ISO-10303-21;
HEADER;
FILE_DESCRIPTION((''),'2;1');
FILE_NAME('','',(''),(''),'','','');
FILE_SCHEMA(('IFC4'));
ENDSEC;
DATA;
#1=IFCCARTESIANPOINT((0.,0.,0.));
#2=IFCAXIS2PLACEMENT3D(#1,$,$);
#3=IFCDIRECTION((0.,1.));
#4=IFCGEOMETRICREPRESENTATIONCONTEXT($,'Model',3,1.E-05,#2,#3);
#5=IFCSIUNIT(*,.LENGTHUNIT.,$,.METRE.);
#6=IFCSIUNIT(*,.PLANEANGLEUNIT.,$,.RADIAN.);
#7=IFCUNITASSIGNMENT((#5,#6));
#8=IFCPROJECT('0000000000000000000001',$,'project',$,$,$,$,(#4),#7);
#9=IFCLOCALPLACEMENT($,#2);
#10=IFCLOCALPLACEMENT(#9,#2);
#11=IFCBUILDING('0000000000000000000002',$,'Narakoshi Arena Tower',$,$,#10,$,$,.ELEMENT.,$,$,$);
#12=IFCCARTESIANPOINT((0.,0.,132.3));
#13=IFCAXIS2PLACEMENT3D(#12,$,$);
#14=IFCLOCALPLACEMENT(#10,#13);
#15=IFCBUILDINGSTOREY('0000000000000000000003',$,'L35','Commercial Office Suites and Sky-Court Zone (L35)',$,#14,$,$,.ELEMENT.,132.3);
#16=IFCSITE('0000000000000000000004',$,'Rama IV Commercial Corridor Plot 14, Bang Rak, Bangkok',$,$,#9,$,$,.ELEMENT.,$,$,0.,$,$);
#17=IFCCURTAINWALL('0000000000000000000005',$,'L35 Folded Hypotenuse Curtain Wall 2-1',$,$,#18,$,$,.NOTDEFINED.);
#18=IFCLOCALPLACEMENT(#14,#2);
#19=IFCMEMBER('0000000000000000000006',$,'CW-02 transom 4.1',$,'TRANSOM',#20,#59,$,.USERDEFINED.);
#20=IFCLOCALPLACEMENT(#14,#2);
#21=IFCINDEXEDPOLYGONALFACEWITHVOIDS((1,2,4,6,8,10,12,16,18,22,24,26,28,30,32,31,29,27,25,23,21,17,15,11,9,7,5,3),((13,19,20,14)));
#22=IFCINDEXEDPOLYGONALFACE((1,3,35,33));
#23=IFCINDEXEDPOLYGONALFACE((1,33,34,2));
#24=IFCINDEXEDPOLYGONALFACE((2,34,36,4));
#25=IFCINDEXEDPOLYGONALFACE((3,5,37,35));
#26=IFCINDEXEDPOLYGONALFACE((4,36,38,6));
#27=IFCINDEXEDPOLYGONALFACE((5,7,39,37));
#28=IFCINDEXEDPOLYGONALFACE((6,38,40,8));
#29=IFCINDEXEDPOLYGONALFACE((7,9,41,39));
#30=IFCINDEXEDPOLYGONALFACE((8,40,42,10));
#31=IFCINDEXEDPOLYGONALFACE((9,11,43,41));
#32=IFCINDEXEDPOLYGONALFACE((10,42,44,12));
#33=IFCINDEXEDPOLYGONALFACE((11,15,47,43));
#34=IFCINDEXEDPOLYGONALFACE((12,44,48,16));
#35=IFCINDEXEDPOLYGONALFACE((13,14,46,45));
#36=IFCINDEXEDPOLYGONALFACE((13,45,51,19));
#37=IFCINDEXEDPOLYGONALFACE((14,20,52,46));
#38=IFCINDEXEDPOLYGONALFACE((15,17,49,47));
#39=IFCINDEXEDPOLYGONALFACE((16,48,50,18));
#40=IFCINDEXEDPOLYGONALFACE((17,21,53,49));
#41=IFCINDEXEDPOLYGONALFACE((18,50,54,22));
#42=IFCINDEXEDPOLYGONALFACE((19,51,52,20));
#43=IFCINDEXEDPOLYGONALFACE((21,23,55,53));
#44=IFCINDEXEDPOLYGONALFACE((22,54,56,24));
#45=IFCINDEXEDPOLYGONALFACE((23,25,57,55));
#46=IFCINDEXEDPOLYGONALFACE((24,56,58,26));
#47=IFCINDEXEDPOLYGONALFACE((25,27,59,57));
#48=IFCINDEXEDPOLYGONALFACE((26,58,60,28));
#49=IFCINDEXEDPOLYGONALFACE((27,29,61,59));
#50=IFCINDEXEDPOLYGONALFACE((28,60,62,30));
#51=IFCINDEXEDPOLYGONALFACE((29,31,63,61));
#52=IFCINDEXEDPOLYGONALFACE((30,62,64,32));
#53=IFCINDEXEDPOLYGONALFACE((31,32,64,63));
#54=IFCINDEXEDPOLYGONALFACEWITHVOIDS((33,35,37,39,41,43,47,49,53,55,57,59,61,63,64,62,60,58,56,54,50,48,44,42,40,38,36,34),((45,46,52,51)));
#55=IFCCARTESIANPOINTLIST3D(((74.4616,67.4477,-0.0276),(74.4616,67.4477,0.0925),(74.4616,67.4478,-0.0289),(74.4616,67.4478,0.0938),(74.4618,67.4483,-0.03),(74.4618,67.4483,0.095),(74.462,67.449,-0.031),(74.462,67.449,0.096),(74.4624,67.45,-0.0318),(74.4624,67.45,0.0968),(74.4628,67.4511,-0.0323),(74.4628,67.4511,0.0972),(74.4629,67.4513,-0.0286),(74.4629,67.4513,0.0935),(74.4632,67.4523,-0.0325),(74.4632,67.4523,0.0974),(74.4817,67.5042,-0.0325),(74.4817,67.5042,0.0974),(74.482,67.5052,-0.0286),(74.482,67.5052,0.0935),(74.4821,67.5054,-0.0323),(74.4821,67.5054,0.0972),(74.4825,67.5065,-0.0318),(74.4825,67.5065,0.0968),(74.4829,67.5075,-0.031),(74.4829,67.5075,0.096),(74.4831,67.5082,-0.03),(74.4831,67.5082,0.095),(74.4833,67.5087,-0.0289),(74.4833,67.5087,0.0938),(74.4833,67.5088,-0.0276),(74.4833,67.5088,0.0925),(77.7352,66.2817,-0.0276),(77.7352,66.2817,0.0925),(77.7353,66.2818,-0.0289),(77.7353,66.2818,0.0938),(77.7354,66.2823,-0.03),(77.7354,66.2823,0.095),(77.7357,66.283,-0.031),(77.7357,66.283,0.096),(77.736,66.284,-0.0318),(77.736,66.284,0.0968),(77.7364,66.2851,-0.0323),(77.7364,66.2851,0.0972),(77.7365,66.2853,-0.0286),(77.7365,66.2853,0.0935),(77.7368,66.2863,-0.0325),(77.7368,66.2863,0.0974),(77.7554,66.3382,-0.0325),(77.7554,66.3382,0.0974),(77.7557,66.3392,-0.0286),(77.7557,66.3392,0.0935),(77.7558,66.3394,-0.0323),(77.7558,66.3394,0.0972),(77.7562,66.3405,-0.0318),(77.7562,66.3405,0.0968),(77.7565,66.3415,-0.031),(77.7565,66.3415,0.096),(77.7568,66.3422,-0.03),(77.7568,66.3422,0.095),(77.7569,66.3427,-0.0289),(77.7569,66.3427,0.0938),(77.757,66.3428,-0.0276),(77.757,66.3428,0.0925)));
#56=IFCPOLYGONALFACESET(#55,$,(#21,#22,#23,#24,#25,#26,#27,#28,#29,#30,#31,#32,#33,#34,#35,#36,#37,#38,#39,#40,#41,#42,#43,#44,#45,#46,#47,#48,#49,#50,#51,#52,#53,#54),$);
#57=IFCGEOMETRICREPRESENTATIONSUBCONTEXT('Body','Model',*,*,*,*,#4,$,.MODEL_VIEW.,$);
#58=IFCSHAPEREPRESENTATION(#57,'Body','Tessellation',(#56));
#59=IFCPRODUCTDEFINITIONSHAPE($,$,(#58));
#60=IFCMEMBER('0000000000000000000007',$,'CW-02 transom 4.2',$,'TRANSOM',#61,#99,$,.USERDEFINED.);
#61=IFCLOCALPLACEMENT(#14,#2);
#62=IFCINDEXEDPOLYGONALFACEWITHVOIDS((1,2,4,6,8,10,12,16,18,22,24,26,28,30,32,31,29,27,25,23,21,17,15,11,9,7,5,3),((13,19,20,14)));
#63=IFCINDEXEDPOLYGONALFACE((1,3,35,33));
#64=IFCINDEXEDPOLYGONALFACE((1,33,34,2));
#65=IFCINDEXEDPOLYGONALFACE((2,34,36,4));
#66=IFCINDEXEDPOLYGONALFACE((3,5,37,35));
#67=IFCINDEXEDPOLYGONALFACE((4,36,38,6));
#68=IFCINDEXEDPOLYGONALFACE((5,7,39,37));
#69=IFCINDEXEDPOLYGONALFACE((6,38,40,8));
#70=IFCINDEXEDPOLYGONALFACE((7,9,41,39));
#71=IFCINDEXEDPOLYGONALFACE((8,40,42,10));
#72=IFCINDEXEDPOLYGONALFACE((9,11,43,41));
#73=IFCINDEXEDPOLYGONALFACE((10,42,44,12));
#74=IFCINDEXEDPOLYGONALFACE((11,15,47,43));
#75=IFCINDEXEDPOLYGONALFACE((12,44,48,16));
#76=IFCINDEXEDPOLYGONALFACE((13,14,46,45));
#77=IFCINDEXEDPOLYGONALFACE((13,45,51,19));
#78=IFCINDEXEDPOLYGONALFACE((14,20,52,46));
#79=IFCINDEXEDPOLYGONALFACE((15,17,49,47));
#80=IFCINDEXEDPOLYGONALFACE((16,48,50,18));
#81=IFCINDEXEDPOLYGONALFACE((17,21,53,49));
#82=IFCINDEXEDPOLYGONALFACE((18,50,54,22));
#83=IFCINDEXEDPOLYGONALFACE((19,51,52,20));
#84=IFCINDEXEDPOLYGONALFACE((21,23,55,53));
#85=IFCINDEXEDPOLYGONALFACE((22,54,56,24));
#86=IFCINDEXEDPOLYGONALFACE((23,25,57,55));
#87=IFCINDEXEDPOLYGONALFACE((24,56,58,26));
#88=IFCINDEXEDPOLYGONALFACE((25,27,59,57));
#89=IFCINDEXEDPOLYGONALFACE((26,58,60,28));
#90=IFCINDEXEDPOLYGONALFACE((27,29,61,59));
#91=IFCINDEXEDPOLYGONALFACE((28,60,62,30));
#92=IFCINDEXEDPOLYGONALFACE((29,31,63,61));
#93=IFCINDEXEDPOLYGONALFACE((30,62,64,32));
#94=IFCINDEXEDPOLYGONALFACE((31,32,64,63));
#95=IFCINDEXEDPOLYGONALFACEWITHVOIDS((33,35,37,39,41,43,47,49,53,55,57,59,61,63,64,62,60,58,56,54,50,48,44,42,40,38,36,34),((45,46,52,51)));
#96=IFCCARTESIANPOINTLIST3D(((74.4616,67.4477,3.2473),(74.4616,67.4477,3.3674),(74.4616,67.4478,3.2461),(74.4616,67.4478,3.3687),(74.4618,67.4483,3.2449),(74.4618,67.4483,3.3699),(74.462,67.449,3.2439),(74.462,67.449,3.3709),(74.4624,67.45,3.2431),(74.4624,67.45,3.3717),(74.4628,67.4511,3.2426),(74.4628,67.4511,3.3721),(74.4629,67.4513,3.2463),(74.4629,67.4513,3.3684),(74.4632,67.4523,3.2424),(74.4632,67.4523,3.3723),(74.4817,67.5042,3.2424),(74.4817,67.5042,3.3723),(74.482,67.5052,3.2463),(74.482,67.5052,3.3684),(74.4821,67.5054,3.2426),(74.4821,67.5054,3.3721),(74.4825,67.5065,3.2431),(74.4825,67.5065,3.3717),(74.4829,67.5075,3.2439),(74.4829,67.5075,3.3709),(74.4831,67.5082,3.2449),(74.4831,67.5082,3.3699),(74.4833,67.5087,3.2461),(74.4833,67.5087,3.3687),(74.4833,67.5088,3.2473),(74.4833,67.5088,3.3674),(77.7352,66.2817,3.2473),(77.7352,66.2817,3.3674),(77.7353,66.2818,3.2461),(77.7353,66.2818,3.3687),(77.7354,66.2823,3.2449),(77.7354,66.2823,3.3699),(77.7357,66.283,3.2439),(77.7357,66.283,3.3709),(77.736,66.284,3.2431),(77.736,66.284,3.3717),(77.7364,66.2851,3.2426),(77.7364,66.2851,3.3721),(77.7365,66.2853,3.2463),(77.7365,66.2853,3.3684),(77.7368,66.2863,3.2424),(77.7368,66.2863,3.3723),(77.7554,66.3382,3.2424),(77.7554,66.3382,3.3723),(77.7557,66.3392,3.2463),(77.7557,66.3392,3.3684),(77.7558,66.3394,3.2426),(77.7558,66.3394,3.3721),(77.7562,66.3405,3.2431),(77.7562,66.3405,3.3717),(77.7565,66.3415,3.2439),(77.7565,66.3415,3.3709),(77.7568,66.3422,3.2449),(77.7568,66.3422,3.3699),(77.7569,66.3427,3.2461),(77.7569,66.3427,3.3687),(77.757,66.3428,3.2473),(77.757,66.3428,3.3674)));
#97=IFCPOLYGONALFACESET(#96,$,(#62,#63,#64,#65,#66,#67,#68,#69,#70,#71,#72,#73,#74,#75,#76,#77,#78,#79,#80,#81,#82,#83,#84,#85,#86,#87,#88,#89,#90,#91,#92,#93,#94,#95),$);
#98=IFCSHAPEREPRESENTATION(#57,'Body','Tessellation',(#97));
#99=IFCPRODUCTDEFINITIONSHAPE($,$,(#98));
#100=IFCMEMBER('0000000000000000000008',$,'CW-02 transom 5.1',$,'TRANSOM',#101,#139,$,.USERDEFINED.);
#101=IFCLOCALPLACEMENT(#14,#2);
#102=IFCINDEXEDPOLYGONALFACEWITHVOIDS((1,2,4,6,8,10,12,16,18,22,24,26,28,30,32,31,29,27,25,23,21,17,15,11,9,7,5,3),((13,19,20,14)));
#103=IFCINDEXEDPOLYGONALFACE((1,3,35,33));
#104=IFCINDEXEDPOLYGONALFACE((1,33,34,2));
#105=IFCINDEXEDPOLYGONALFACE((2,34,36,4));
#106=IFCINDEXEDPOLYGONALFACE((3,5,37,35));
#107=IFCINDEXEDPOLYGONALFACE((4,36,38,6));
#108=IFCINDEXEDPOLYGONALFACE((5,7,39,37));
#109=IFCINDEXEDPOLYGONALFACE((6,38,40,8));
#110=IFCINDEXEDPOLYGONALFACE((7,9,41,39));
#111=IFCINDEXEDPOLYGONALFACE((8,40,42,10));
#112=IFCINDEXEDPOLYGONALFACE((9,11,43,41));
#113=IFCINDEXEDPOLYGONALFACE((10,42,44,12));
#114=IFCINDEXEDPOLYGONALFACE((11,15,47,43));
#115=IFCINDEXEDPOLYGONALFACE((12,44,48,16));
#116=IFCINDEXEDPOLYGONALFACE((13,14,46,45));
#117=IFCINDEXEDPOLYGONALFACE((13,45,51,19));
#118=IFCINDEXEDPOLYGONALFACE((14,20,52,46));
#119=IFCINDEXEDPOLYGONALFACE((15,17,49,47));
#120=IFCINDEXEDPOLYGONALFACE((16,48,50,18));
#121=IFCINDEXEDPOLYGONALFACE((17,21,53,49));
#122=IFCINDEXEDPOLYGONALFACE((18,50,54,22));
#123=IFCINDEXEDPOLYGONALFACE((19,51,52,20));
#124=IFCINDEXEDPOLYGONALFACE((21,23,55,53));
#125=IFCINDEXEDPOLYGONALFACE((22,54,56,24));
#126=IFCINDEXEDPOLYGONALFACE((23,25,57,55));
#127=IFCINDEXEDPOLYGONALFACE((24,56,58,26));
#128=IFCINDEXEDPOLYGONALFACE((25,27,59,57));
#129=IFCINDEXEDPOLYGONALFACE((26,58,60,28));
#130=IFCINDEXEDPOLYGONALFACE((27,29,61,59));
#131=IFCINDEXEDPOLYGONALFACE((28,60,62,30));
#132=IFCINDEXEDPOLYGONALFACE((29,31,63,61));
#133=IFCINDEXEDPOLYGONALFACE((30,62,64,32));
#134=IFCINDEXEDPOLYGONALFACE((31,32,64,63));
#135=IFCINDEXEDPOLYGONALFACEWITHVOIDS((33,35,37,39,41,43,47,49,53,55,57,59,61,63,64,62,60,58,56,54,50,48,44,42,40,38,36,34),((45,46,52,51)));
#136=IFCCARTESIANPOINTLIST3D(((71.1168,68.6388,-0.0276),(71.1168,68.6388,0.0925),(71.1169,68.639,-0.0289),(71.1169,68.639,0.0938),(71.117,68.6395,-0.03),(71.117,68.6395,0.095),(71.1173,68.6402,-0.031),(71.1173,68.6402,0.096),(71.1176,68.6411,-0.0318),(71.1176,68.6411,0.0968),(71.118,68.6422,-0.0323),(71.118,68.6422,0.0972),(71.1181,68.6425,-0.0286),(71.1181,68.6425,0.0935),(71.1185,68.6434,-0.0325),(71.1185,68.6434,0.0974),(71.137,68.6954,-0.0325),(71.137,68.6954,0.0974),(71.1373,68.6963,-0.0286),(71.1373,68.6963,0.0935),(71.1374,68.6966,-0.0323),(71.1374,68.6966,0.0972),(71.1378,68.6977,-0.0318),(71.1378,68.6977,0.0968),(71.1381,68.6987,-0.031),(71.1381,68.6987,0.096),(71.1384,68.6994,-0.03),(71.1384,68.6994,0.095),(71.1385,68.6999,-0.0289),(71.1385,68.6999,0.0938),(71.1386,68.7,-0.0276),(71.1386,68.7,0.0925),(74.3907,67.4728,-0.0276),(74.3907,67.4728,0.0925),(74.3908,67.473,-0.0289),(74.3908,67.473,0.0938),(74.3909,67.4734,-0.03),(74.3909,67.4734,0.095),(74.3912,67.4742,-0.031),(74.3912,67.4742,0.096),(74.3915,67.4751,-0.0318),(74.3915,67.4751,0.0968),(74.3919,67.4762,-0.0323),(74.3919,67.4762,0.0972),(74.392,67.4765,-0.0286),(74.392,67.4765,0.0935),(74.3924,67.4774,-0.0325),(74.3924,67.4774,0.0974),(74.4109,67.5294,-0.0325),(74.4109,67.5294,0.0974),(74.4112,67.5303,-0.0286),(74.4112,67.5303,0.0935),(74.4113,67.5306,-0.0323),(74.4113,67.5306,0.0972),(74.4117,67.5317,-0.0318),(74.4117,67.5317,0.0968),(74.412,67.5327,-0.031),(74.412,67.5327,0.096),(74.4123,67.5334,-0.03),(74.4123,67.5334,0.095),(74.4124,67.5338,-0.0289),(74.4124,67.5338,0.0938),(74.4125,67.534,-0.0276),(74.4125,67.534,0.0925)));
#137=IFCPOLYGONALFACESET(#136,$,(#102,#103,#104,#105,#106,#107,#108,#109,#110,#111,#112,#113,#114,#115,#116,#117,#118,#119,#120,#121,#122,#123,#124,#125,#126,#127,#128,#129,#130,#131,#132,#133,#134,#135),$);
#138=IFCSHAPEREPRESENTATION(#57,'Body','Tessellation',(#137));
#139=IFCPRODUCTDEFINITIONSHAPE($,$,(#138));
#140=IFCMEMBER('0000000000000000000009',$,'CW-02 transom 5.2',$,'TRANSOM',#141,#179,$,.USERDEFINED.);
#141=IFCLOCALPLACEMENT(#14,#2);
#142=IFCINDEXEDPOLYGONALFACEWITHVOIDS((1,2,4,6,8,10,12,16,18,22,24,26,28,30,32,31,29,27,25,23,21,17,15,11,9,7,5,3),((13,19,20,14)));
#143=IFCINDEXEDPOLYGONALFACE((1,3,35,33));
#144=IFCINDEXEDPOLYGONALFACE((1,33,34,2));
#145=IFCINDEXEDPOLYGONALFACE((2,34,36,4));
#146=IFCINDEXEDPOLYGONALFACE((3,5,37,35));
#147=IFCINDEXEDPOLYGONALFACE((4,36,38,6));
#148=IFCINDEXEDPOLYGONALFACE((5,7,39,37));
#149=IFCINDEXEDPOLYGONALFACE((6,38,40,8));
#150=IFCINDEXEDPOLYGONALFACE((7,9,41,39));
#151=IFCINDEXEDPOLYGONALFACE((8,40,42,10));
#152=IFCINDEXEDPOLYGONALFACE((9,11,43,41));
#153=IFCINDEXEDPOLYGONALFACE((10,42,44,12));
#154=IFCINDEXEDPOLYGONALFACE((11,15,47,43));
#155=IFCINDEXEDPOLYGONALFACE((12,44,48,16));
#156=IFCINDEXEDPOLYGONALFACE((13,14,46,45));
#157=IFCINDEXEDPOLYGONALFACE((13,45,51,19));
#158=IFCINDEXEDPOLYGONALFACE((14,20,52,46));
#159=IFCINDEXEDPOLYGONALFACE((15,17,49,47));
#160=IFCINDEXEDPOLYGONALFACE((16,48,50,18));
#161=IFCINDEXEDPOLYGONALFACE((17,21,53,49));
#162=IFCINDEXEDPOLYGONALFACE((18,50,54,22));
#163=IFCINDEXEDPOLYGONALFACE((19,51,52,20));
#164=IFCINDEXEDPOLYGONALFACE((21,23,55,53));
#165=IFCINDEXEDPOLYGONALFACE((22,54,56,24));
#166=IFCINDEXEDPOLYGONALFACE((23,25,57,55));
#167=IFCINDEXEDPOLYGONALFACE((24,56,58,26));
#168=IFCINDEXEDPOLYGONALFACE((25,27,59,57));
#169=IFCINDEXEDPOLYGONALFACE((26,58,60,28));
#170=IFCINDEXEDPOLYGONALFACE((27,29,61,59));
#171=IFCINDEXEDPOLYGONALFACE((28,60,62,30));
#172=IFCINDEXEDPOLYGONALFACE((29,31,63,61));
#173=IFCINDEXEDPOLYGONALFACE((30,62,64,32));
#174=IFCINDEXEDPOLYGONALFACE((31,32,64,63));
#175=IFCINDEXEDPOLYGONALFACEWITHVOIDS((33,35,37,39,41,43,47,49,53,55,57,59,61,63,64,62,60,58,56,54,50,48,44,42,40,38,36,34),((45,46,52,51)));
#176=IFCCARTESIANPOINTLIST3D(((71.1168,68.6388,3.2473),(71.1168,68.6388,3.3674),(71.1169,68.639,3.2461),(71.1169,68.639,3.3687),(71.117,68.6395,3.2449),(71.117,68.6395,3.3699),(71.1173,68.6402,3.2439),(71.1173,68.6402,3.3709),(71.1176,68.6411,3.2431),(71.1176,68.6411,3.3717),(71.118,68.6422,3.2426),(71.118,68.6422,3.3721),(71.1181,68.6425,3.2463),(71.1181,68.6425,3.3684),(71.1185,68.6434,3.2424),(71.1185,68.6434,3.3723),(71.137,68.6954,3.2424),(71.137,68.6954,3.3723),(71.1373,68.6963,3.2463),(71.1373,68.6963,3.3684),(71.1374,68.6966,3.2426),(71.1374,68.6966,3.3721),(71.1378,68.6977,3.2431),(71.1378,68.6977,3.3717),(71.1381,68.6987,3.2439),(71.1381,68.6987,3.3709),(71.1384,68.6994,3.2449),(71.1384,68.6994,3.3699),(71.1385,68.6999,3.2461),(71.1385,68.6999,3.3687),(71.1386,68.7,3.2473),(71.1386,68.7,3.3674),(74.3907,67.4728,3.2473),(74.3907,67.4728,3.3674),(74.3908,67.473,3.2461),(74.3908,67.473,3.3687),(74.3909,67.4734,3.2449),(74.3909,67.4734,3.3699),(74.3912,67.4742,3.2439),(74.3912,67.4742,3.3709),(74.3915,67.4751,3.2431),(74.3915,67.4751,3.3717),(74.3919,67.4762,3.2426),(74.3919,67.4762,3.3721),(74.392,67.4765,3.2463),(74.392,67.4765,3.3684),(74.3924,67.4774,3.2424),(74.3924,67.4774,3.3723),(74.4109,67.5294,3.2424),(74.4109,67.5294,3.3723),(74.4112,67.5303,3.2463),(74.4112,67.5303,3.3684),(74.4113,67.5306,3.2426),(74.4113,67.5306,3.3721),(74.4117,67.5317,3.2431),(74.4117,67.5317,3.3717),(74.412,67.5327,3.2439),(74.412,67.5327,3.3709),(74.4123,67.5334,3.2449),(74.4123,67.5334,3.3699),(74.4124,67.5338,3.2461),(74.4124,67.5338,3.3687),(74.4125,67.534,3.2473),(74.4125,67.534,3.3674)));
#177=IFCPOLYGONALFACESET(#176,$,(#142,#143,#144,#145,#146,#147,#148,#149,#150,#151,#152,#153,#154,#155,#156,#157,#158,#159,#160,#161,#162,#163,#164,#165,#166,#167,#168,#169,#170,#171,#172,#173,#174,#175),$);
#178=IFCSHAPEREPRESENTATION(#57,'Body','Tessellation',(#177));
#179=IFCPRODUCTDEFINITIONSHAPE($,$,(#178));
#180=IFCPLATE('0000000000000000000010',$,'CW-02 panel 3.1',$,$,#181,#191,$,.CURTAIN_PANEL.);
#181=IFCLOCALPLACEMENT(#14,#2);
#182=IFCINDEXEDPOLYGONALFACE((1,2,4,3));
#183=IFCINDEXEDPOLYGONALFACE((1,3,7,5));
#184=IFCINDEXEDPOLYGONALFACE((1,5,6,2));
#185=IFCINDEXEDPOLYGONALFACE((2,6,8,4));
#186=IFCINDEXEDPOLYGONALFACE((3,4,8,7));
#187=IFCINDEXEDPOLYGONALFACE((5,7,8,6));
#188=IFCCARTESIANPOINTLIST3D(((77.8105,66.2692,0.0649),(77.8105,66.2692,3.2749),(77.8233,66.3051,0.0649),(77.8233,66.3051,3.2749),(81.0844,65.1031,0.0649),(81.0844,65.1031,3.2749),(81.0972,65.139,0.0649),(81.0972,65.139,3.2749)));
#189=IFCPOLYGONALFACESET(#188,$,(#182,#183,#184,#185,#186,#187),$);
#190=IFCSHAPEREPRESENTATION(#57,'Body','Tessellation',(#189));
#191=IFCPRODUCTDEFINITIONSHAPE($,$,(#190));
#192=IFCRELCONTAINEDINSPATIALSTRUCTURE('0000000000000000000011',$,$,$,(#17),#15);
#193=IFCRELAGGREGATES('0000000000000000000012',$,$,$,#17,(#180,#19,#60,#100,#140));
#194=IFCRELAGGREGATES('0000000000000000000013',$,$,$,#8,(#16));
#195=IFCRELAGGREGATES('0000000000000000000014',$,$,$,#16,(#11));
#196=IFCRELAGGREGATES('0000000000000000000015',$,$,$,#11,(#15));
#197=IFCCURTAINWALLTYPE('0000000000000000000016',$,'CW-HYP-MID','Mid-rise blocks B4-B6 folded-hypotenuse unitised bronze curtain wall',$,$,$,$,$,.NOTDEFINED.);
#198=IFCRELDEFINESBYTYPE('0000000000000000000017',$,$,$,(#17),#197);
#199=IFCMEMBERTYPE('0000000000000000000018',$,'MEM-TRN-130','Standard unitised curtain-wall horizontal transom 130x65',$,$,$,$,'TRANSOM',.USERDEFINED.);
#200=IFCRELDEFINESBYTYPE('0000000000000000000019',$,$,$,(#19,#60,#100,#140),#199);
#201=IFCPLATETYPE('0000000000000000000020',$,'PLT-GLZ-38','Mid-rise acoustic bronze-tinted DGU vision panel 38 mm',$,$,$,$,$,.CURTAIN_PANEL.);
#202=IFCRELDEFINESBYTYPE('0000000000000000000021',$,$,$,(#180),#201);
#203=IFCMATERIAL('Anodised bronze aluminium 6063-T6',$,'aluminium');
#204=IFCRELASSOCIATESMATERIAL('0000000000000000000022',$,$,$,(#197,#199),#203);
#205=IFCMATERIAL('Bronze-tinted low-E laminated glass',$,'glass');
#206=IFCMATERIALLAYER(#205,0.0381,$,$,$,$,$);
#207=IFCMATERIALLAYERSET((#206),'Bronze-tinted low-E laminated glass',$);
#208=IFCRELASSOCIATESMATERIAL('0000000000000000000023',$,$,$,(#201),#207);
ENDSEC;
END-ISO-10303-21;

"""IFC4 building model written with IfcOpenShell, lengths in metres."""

from ifc_helpers import new_model, si_unit, direction, frame, origin, origin_2d, place, context, subcontext, project, spatial, rectangle, hollow_rectangle, extrude, material, layer, layer_set, material_profile, profile_set, type_object, element, aggregate, save


model = new_model("IFC4")

# Units and contexts
model_context = context("Model", 3, precision=1e-05, world=origin(), true_north=direction((0.0, 1.0)))
body_context = subcontext(model_context, "Body", "Model", "MODEL_VIEW")
ifc_project = project(units=[si_unit("LENGTHUNIT", "METRE"), si_unit("PLANEANGLEUNIT", "RADIAN")], contexts=[model_context])

# Site, building, storey
site_placement = place(None, origin())
site = spatial("IfcSite", under=ifc_project, at=site_placement, Name="Rama IV Commercial Corridor Plot 14, Bang Rak, Bangkok", CompositionType="ELEMENT", RefElevation=0.0)
building_placement = place(site_placement, origin())
building = spatial("IfcBuilding", under=site, at=building_placement, Name="Narakoshi Arena Tower", CompositionType="ELEMENT")
storey_placement = place(building_placement, frame((0.0, 0.0, 132.3)))
storey = spatial("IfcBuildingStorey", under=building, at=storey_placement, Name="L35", Description="Commercial Office Suites and Sky-Court Zone (L35)", CompositionType="ELEMENT", Elevation=132.3)

# Curtain wall, members, plate
ifc_material_1 = material(Name="Anodised bronze aluminium 6063-T6", Category="aluminium")
curtain_wall_type = type_object("IfcCurtainWallType", Name="CW-HYP-MID", Description="Mid-rise blocks B4-B6 folded-hypotenuse unitised bronze curtain wall", PredefinedType="NOTDEFINED", material=ifc_material_1)
curtain_wall_placement = place(storey_placement, origin())
curtain_wall = element("IfcCurtainWall", 1, at=curtain_wall_placement, inside=storey, type_object=curtain_wall_type, Name="L35 Folded Hypotenuse Curtain Wall 2-1", PredefinedType="NOTDEFINED")
ifc_material_profile_1 = material_profile(ifc_material_1, hollow_rectangle(XDim=0.0649, YDim=0.1299, WallThickness=0.0039, OuterFilletRadius=0.0049, at=origin_2d()), Name="TRN130x65x4")
ifc_profile_set_1 = profile_set([ifc_material_profile_1], Name="Anodised bronze aluminium 6063-T6")
member_type_1 = type_object("IfcMemberType", Name="MEM-TRN-130", Description="Standard unitised curtain-wall horizontal transom 130x65", ElementType="TRANSOM", PredefinedType="USERDEFINED", material=ifc_profile_set_1)
member_1_placement = place(storey_placement, frame((77.7461, 66.3123, 0.0325), z_axis=(-0.942029, 0.335531, 0.0), x_axis=(-0.335531, -0.942029, 0.0)))
member_1 = element("IfcMember", 2, at=member_1_placement, type_object=member_type_1, Name="CW-02 transom 4.1", ObjectType="TRANSOM", PredefinedType="USERDEFINED", context=body_context, shape_type="SweptSolid", body=[
    extrude(hollow_rectangle(XDim=0.0649, YDim=0.1299, WallThickness=0.0039, OuterFilletRadius=0.0049, at=origin_2d()), origin(), (0.0, 0.0, 1.0), 3.4751),
])
member_2_placement = place(storey_placement, frame((77.7461, 66.3123, 3.3074), z_axis=(-0.942029, 0.335531, 0.0), x_axis=(-0.335531, -0.942029, 0.0)))
member_2 = element("IfcMember", 3, at=member_2_placement, type_object=member_type_1, Name="CW-02 transom 4.2", ObjectType="TRANSOM", PredefinedType="USERDEFINED", context=body_context, shape_type="SweptSolid", body=[
    extrude(hollow_rectangle(XDim=0.0649, YDim=0.1299, WallThickness=0.0039, OuterFilletRadius=0.0049, at=origin_2d()), origin(), (0.0, 0.0, 1.0), 3.4751),
])
member_3_placement = place(storey_placement, frame((74.4016, 67.5034, 0.0325), z_axis=(-0.942037, 0.335509, 0.0), x_axis=(-0.335509, -0.942037, 0.0)))
member_3 = element("IfcMember", 4, at=member_3_placement, type_object=member_type_1, Name="CW-02 transom 5.1", ObjectType="TRANSOM", PredefinedType="USERDEFINED", context=body_context, shape_type="SweptSolid", body=[
    extrude(hollow_rectangle(XDim=0.0649, YDim=0.1299, WallThickness=0.0039, OuterFilletRadius=0.0049, at=origin_2d()), origin(), (0.0, 0.0, 1.0), 3.4753),
])
member_4_placement = place(storey_placement, frame((74.4016, 67.5034, 3.3074), z_axis=(-0.942037, 0.335509, 0.0), x_axis=(-0.335509, -0.942037, 0.0)))
member_4 = element("IfcMember", 5, at=member_4_placement, type_object=member_type_1, Name="CW-02 transom 5.2", ObjectType="TRANSOM", PredefinedType="USERDEFINED", context=body_context, shape_type="SweptSolid", body=[
    extrude(hollow_rectangle(XDim=0.0649, YDim=0.1299, WallThickness=0.0039, OuterFilletRadius=0.0049, at=origin_2d()), origin(), (0.0, 0.0, 1.0), 3.4753),
])
ifc_material_2 = material(Name="Bronze-tinted low-E laminated glass", Category="glass")
ifc_layer_1 = layer(ifc_material_2, 0.0381)
ifc_layer_set_1 = layer_set([ifc_layer_1], Name="Bronze-tinted low-E laminated glass")
plate_type_1 = type_object("IfcPlateType", Name="PLT-GLZ-38", Description="Mid-rise acoustic bronze-tinted DGU vision panel 38 mm", PredefinedType="CURTAIN_PANEL", material=ifc_layer_set_1)
plate_1_placement = place(storey_placement, frame((79.4539, 65.7041, 0.0649), z_axis=(0.0, 0.0, 1.0), x_axis=(-0.942034, 0.335518, 0.0)))
plate_1 = element("IfcPlate", 6, at=plate_1_placement, type_object=plate_type_1, Name="CW-02 panel 3.1", PredefinedType="CURTAIN_PANEL", context=body_context, shape_type="SweptSolid", body=[
    extrude(rectangle(XDim=3.4753, YDim=0.0381, at=origin_2d()), origin(), (0.0, 0.0, 1.0), 3.21),
])
aggregate(curtain_wall, [plate_1, member_1, member_2, member_3, member_4])

save(model, "model.ifc")
